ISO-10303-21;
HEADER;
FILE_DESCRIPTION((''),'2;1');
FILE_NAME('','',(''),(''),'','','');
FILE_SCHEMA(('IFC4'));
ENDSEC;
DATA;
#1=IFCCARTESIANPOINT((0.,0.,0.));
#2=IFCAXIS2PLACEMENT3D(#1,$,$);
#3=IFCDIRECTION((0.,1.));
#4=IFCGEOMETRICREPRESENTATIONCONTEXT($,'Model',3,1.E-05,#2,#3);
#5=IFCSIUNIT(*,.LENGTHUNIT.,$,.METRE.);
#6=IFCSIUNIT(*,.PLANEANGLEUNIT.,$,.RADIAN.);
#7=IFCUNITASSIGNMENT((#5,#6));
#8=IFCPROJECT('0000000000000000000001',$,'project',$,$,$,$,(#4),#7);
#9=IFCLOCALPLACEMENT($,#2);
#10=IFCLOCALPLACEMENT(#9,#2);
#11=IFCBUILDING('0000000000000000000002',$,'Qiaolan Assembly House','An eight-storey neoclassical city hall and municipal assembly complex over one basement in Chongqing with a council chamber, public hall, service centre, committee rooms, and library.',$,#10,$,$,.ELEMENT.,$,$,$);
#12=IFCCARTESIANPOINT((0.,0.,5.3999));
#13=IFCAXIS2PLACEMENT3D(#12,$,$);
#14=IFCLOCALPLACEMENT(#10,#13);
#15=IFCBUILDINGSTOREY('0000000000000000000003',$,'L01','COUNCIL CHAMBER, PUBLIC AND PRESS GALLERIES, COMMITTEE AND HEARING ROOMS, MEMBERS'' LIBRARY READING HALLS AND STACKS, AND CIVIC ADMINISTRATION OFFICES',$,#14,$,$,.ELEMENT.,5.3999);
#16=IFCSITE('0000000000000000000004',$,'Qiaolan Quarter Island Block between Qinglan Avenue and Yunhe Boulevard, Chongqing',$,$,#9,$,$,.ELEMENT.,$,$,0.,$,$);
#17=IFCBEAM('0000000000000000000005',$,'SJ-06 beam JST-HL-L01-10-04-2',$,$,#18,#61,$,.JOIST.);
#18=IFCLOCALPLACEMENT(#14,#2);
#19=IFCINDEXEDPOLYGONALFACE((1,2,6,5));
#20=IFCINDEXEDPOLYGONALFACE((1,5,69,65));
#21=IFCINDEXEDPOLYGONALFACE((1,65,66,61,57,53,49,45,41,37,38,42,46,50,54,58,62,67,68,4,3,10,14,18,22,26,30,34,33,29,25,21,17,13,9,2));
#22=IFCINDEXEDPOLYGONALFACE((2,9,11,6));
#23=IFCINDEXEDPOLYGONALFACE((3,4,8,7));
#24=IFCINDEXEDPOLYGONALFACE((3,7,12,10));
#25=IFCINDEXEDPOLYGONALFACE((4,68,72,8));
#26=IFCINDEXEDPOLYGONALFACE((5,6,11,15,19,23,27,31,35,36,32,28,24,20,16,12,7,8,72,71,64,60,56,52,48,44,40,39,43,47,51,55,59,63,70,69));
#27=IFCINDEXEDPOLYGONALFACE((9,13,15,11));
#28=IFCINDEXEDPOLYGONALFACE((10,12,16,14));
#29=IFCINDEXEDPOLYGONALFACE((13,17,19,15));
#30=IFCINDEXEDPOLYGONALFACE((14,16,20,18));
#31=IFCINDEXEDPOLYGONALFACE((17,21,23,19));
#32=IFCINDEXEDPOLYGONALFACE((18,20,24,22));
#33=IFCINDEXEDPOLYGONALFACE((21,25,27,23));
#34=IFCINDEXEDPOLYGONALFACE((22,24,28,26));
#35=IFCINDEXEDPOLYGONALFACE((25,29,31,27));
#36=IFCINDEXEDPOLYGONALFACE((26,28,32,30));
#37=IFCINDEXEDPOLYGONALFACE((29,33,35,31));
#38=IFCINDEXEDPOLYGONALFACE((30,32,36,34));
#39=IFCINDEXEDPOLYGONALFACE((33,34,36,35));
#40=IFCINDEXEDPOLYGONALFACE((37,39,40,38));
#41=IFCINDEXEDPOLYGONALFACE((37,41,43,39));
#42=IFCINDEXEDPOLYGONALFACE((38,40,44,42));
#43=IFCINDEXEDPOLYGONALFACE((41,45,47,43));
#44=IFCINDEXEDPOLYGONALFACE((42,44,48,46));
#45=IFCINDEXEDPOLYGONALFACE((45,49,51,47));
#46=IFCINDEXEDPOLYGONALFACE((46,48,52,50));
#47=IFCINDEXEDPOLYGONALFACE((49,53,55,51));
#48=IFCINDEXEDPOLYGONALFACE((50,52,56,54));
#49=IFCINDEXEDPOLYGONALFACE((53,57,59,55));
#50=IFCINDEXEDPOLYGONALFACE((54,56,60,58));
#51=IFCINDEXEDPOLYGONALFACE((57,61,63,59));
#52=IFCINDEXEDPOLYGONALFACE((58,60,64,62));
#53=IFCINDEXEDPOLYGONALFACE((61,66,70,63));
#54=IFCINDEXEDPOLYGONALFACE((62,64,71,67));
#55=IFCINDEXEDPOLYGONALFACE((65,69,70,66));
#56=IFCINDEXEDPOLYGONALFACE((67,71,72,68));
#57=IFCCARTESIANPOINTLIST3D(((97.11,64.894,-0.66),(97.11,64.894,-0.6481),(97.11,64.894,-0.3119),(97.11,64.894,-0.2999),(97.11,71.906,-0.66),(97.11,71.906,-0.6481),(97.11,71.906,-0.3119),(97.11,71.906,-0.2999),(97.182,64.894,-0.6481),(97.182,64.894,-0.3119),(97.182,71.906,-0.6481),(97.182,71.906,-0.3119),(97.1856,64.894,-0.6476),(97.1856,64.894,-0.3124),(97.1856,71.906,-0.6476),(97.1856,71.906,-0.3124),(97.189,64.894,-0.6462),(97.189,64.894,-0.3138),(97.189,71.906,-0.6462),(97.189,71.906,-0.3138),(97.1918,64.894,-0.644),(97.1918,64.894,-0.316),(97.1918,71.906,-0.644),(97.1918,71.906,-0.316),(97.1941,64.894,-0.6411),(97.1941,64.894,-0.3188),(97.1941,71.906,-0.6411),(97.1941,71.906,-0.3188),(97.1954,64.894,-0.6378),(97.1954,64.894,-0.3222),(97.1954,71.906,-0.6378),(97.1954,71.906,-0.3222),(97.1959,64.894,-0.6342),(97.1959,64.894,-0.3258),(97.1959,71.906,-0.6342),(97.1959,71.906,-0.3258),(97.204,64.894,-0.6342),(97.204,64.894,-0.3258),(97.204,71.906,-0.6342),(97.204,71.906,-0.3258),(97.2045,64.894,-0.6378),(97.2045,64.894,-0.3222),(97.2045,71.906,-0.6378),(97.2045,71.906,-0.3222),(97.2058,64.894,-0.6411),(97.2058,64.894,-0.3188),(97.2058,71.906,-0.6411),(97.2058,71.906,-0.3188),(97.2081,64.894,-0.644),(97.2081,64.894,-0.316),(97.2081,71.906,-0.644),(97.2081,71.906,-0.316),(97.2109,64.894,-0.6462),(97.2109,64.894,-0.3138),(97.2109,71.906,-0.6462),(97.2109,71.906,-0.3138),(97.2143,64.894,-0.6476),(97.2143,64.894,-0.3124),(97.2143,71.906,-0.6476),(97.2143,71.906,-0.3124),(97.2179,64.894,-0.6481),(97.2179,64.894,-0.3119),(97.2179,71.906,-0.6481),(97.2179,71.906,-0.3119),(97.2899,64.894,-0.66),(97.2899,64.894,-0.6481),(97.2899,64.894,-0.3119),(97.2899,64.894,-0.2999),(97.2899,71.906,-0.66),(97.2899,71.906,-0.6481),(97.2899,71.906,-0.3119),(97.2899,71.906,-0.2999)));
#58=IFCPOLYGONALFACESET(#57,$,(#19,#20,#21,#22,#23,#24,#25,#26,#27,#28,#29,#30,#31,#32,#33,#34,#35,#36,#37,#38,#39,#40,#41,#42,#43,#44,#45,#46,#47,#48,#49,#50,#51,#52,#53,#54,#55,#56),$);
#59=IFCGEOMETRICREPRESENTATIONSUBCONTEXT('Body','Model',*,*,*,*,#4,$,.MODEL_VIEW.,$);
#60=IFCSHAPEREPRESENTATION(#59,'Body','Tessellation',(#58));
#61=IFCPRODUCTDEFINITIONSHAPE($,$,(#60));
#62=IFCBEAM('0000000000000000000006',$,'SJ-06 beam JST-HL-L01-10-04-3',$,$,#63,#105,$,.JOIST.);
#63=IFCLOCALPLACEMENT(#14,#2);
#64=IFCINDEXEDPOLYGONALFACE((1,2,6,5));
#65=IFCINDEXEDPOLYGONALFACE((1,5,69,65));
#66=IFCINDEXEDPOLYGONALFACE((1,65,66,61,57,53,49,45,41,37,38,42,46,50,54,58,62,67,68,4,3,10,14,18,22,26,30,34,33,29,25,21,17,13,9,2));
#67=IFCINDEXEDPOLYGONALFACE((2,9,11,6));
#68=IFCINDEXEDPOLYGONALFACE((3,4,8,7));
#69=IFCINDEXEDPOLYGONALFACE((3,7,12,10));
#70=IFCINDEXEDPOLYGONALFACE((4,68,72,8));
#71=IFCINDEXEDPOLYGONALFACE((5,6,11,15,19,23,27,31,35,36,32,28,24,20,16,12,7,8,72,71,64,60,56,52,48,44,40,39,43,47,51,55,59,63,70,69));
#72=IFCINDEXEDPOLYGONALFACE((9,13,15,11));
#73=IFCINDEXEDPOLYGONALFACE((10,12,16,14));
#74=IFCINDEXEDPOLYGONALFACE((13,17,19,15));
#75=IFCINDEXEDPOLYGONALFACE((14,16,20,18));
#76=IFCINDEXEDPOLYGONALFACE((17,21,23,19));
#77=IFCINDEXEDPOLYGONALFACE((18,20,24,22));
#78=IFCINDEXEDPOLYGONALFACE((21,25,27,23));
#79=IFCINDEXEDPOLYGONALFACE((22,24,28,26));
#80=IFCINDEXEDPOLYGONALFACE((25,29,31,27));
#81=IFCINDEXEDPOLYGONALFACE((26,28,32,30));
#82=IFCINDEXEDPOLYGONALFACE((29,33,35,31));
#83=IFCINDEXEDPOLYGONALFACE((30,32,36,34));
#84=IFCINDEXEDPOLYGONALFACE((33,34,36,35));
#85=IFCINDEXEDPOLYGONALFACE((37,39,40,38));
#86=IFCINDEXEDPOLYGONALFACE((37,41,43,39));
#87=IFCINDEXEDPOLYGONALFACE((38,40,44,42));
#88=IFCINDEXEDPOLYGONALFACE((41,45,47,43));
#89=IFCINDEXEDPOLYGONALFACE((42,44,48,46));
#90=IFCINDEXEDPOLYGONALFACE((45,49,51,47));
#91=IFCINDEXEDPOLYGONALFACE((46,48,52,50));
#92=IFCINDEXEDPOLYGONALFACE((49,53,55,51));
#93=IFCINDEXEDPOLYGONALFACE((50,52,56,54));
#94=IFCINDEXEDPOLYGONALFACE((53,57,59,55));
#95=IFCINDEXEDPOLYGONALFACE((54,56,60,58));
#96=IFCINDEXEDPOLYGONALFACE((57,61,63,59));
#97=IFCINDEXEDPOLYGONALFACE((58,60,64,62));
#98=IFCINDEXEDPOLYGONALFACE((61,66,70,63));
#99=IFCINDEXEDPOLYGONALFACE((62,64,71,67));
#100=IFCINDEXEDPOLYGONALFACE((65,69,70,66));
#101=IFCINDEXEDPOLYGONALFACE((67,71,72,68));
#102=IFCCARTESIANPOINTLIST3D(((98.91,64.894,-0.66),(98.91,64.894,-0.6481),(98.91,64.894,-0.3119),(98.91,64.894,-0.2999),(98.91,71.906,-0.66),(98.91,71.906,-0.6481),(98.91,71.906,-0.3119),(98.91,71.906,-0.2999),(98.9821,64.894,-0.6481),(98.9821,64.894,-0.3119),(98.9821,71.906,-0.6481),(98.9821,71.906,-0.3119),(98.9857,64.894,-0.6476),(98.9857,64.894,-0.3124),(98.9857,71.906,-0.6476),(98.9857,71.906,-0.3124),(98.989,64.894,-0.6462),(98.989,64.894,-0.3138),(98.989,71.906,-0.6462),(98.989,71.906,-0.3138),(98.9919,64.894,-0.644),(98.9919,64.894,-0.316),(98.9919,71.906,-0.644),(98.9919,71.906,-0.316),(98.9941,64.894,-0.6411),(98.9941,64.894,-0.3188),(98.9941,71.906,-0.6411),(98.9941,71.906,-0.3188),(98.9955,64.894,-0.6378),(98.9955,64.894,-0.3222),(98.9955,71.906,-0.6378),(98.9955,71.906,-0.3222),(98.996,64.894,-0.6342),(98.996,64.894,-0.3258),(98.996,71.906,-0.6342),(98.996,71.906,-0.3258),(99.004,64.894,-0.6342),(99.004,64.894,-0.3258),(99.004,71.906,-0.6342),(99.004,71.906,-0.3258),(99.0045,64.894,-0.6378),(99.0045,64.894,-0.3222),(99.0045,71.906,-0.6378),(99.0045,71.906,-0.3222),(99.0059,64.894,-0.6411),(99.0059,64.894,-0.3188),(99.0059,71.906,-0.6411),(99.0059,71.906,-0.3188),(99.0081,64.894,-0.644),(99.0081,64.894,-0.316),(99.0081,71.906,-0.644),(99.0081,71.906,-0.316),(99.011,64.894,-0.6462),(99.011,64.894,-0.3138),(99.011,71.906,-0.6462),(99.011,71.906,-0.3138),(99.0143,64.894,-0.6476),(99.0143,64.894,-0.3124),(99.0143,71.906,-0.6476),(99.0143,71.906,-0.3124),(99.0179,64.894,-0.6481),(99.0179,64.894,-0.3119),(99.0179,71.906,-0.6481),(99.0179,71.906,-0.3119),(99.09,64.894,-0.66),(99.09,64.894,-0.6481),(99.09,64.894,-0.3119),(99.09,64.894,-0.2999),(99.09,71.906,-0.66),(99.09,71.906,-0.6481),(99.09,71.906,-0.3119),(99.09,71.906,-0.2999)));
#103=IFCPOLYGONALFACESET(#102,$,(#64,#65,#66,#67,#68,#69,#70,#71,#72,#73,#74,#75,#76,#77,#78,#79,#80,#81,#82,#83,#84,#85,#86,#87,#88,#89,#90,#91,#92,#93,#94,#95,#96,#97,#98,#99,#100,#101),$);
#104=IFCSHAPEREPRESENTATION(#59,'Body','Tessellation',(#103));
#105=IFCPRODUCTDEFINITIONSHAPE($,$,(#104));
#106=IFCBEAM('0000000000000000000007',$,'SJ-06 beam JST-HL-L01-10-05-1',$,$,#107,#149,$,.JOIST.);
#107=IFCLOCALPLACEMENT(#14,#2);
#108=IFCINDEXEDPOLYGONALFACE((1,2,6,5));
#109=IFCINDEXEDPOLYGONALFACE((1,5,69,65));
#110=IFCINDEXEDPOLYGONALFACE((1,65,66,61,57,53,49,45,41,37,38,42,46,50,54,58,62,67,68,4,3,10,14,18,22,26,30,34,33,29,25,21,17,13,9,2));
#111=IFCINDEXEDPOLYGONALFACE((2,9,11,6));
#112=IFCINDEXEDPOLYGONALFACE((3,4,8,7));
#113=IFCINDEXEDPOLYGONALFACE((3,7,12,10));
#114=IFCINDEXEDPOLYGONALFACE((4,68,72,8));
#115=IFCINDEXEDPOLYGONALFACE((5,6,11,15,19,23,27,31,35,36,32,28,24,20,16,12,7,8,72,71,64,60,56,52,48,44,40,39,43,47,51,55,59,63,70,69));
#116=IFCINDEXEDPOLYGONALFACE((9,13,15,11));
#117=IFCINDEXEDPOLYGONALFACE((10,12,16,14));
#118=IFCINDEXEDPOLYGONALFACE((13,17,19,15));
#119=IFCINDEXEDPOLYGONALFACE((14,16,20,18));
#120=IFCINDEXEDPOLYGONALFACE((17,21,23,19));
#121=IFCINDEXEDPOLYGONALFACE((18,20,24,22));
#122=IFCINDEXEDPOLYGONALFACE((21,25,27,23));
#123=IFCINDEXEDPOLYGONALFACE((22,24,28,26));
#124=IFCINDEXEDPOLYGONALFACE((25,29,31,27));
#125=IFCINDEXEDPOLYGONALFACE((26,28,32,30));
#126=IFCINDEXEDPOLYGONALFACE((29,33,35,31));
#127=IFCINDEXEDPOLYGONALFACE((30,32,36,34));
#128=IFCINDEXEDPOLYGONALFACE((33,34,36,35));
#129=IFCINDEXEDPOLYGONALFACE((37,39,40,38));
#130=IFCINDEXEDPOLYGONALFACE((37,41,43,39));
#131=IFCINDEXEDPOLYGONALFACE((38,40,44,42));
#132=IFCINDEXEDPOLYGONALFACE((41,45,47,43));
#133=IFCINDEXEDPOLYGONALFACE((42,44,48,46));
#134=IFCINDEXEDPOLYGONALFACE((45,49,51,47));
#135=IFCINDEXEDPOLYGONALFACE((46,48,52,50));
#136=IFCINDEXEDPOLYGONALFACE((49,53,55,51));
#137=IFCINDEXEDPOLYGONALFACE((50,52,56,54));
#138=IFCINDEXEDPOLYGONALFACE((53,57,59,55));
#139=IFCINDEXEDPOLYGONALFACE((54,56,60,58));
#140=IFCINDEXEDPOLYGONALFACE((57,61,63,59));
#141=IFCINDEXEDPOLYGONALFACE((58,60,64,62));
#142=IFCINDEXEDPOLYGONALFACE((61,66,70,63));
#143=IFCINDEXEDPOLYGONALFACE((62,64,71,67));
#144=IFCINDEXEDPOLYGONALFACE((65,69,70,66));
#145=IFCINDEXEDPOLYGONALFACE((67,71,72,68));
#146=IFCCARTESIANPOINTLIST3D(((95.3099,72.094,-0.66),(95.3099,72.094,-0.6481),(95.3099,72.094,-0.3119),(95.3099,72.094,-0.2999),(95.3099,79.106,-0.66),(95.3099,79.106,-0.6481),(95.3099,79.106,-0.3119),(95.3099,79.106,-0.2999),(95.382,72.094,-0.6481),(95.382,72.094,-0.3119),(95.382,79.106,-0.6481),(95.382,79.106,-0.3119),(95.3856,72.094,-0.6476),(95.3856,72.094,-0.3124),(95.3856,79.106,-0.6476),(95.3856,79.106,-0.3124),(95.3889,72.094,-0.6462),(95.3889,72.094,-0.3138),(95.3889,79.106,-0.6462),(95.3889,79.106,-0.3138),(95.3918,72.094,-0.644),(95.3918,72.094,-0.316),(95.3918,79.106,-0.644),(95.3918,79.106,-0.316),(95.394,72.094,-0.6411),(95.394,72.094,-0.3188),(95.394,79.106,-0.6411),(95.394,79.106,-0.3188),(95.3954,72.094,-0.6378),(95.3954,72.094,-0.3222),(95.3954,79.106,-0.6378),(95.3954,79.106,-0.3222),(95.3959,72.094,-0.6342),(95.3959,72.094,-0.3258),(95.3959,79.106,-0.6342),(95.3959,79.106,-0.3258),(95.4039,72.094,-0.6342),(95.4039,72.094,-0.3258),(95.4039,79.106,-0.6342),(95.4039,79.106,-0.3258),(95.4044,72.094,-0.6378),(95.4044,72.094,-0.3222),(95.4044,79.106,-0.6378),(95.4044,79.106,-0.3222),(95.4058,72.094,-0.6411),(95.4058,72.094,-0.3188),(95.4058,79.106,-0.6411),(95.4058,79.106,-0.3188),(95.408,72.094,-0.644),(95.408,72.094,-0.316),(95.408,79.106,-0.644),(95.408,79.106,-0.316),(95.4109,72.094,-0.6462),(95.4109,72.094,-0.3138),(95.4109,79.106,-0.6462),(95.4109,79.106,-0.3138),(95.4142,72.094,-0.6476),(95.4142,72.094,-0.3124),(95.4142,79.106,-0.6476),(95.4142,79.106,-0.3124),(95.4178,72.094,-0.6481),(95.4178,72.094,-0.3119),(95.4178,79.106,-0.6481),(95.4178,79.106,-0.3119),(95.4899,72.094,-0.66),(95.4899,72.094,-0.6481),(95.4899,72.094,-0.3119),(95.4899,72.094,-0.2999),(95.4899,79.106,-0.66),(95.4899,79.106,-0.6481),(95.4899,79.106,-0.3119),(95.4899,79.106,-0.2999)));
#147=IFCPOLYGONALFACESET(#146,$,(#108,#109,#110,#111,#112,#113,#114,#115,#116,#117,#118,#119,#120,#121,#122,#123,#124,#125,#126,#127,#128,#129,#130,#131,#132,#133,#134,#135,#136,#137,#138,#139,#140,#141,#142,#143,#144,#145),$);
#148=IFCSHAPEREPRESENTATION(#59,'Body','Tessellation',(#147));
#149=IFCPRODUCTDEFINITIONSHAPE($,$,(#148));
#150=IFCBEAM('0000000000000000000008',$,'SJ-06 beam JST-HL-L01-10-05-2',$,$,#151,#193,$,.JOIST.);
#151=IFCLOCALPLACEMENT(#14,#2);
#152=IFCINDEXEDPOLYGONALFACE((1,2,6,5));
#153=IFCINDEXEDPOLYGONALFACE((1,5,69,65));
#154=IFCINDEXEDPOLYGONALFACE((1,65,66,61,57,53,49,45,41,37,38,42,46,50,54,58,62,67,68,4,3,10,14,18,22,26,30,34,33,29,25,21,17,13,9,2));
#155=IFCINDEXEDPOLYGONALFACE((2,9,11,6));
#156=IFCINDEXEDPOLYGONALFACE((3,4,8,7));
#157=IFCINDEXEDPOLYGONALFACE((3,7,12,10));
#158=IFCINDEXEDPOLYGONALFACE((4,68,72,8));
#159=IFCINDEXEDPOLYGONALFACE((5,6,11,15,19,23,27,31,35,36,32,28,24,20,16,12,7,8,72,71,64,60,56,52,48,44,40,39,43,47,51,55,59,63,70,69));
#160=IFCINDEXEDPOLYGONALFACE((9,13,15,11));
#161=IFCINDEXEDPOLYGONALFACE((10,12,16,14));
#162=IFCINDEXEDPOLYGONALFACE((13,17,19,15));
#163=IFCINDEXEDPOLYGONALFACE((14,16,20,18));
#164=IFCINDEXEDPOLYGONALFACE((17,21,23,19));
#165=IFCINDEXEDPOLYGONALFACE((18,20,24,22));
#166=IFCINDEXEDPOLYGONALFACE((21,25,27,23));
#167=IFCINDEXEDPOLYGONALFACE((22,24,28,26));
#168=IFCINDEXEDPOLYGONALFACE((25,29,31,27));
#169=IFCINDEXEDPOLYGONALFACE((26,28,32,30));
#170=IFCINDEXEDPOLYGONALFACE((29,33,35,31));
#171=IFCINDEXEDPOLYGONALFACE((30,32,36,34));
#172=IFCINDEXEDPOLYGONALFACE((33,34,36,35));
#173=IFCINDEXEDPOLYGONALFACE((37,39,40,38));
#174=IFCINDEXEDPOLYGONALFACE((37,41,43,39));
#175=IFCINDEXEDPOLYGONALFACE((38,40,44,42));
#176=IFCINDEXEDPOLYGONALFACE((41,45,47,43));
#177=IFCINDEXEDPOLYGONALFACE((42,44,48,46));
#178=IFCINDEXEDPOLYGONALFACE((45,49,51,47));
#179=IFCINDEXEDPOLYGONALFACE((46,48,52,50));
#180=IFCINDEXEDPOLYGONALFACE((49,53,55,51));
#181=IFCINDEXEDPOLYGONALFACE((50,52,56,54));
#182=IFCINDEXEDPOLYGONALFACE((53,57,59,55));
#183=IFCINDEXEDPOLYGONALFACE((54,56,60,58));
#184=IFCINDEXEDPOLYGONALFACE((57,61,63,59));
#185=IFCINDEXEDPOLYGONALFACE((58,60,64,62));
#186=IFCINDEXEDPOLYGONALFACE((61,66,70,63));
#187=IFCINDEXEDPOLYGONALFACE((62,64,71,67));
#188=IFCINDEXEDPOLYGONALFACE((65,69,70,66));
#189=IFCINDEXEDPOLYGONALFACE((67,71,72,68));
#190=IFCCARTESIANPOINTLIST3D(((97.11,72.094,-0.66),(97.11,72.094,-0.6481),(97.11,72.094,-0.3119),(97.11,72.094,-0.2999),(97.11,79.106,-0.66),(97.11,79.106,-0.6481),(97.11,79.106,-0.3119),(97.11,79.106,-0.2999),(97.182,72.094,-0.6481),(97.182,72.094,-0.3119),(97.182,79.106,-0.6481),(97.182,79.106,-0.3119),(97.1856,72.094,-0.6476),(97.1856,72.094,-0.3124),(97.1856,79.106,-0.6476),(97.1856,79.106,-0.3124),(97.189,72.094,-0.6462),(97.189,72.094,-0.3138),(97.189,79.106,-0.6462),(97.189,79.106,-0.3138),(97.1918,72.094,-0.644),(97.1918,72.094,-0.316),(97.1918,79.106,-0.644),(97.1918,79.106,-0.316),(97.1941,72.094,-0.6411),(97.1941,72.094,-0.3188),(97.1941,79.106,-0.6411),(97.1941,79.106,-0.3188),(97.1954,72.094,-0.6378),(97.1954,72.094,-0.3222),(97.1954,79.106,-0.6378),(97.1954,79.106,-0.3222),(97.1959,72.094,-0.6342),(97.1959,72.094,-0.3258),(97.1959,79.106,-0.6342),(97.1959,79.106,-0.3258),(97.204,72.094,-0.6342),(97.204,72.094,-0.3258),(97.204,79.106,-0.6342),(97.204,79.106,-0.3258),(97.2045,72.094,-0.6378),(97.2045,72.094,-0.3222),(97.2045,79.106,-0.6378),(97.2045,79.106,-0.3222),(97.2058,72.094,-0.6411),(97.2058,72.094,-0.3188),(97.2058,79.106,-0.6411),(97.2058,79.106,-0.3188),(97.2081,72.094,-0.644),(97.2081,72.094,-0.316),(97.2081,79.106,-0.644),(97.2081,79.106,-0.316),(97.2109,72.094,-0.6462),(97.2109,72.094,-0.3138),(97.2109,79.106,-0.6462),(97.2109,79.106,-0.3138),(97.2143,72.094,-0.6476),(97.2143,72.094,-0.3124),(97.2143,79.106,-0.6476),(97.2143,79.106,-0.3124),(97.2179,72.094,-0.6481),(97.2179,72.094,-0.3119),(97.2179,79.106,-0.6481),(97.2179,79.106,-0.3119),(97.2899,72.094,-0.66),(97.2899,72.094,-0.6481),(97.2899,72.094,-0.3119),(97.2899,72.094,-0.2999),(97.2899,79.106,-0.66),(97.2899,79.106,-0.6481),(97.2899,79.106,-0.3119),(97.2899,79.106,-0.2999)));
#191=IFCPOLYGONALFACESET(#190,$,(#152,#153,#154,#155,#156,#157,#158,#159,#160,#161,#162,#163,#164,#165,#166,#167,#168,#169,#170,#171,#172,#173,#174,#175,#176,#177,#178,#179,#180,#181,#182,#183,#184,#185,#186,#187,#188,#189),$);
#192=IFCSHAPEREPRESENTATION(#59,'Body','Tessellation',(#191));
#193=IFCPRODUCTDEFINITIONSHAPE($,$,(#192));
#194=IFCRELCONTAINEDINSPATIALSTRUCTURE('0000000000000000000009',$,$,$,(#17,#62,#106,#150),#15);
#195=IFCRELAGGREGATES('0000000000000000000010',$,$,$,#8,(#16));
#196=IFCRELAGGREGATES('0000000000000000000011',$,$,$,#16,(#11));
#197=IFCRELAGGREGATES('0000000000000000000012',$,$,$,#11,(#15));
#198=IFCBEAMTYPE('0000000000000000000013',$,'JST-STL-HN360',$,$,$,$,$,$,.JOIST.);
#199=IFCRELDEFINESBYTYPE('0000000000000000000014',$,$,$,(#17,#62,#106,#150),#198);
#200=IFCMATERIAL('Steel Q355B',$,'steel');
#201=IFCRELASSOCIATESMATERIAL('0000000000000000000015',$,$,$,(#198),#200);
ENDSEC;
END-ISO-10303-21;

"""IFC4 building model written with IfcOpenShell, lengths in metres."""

from ifc_helpers import new_model, si_unit, direction, frame, origin, origin_2d, place, context, subcontext, project, spatial, i_section, extrude, material, material_profile, profile_set, type_object, element, save


model = new_model("IFC4")

# Units and contexts
model_context = context("Model", 3, precision=1e-05, world=origin(), true_north=direction((0.0, 1.0)))
body_context = subcontext(model_context, "Body", "Model", "MODEL_VIEW")
ifc_project = project(units=[si_unit("LENGTHUNIT", "METRE"), si_unit("PLANEANGLEUNIT", "RADIAN")], contexts=[model_context])

# Site, building, storey
site_placement = place(None, origin())
site = spatial("IfcSite", under=ifc_project, at=site_placement, Name="Qiaolan Quarter Island Block between Qinglan Avenue and Yunhe Boulevard, Chongqing", CompositionType="ELEMENT", RefElevation=0.0)
building_placement = place(site_placement, origin())
building = spatial("IfcBuilding", under=site, at=building_placement, Name="Qiaolan Assembly House", Description="An eight-storey neoclassical city hall and municipal assembly complex over one basement in Chongqing with a council chamber, public hall, service centre, committee rooms, and library.", CompositionType="ELEMENT")
storey_placement = place(building_placement, frame((0.0, 0.0, 5.3999)))
storey = spatial("IfcBuildingStorey", under=building, at=storey_placement, Name="L01", Description="COUNCIL CHAMBER, PUBLIC AND PRESS GALLERIES, COMMITTEE AND HEARING ROOMS, MEMBERS' LIBRARY READING HALLS AND STACKS, AND CIVIC ADMINISTRATION OFFICES", CompositionType="ELEMENT", Elevation=5.3999)

# Shared definitions
ifc_material_1 = material(Name="Steel Q355B", Category="steel")

# Beams
ifc_material_profile_1 = material_profile(ifc_material_1, i_section(OverallWidth=0.1799, OverallDepth=0.3601, WebThickness=0.0081, FlangeThickness=0.012, FilletRadius=0.0139, at=origin_2d()), Name="HN 360x180x8x12")
ifc_profile_set_1 = profile_set([ifc_material_profile_1], Name="Steel Q355B")
beam_type_1 = type_object("IfcBeamType", Name="JST-STL-HN360", PredefinedType="JOIST", material=ifc_profile_set_1)
for number, where, z_axis, x_axis, name in (
    (1, (97.2, 64.894, -0.48), (0.0, 1.0, 0.0), (-1.0, 0.0, 0.0), "SJ-06 beam JST-HL-L01-10-04-2"),
    (2, (99.0, 64.894, -0.48), (0.0, 1.0, 0.0), (-1.0, 0.0, 0.0), "SJ-06 beam JST-HL-L01-10-04-3"),
    (3, (95.3999, 72.094, -0.48), (0.0, 1.0, 0.0), (-1.0, 0.0, 0.0), "SJ-06 beam JST-HL-L01-10-05-1"),
    (4, (97.2, 72.094, -0.48), (0.0, 1.0, 0.0), (-1.0, 0.0, 0.0), "SJ-06 beam JST-HL-L01-10-05-2"),
):
    element("IfcBeam", number, at=place(storey_placement, frame(where, z_axis=z_axis, x_axis=x_axis)), inside=storey, type_object=beam_type_1, Name=name, PredefinedType="JOIST", context=body_context, shape_type="SweptSolid", body=[
        extrude(i_section(OverallWidth=0.1799, OverallDepth=0.3601, WebThickness=0.0081, FlangeThickness=0.012, FilletRadius=0.0139, at=origin_2d()), origin(), (0.0, 0.0, 1.0), 7.012),
    ])

save(model, "model.ifc")
